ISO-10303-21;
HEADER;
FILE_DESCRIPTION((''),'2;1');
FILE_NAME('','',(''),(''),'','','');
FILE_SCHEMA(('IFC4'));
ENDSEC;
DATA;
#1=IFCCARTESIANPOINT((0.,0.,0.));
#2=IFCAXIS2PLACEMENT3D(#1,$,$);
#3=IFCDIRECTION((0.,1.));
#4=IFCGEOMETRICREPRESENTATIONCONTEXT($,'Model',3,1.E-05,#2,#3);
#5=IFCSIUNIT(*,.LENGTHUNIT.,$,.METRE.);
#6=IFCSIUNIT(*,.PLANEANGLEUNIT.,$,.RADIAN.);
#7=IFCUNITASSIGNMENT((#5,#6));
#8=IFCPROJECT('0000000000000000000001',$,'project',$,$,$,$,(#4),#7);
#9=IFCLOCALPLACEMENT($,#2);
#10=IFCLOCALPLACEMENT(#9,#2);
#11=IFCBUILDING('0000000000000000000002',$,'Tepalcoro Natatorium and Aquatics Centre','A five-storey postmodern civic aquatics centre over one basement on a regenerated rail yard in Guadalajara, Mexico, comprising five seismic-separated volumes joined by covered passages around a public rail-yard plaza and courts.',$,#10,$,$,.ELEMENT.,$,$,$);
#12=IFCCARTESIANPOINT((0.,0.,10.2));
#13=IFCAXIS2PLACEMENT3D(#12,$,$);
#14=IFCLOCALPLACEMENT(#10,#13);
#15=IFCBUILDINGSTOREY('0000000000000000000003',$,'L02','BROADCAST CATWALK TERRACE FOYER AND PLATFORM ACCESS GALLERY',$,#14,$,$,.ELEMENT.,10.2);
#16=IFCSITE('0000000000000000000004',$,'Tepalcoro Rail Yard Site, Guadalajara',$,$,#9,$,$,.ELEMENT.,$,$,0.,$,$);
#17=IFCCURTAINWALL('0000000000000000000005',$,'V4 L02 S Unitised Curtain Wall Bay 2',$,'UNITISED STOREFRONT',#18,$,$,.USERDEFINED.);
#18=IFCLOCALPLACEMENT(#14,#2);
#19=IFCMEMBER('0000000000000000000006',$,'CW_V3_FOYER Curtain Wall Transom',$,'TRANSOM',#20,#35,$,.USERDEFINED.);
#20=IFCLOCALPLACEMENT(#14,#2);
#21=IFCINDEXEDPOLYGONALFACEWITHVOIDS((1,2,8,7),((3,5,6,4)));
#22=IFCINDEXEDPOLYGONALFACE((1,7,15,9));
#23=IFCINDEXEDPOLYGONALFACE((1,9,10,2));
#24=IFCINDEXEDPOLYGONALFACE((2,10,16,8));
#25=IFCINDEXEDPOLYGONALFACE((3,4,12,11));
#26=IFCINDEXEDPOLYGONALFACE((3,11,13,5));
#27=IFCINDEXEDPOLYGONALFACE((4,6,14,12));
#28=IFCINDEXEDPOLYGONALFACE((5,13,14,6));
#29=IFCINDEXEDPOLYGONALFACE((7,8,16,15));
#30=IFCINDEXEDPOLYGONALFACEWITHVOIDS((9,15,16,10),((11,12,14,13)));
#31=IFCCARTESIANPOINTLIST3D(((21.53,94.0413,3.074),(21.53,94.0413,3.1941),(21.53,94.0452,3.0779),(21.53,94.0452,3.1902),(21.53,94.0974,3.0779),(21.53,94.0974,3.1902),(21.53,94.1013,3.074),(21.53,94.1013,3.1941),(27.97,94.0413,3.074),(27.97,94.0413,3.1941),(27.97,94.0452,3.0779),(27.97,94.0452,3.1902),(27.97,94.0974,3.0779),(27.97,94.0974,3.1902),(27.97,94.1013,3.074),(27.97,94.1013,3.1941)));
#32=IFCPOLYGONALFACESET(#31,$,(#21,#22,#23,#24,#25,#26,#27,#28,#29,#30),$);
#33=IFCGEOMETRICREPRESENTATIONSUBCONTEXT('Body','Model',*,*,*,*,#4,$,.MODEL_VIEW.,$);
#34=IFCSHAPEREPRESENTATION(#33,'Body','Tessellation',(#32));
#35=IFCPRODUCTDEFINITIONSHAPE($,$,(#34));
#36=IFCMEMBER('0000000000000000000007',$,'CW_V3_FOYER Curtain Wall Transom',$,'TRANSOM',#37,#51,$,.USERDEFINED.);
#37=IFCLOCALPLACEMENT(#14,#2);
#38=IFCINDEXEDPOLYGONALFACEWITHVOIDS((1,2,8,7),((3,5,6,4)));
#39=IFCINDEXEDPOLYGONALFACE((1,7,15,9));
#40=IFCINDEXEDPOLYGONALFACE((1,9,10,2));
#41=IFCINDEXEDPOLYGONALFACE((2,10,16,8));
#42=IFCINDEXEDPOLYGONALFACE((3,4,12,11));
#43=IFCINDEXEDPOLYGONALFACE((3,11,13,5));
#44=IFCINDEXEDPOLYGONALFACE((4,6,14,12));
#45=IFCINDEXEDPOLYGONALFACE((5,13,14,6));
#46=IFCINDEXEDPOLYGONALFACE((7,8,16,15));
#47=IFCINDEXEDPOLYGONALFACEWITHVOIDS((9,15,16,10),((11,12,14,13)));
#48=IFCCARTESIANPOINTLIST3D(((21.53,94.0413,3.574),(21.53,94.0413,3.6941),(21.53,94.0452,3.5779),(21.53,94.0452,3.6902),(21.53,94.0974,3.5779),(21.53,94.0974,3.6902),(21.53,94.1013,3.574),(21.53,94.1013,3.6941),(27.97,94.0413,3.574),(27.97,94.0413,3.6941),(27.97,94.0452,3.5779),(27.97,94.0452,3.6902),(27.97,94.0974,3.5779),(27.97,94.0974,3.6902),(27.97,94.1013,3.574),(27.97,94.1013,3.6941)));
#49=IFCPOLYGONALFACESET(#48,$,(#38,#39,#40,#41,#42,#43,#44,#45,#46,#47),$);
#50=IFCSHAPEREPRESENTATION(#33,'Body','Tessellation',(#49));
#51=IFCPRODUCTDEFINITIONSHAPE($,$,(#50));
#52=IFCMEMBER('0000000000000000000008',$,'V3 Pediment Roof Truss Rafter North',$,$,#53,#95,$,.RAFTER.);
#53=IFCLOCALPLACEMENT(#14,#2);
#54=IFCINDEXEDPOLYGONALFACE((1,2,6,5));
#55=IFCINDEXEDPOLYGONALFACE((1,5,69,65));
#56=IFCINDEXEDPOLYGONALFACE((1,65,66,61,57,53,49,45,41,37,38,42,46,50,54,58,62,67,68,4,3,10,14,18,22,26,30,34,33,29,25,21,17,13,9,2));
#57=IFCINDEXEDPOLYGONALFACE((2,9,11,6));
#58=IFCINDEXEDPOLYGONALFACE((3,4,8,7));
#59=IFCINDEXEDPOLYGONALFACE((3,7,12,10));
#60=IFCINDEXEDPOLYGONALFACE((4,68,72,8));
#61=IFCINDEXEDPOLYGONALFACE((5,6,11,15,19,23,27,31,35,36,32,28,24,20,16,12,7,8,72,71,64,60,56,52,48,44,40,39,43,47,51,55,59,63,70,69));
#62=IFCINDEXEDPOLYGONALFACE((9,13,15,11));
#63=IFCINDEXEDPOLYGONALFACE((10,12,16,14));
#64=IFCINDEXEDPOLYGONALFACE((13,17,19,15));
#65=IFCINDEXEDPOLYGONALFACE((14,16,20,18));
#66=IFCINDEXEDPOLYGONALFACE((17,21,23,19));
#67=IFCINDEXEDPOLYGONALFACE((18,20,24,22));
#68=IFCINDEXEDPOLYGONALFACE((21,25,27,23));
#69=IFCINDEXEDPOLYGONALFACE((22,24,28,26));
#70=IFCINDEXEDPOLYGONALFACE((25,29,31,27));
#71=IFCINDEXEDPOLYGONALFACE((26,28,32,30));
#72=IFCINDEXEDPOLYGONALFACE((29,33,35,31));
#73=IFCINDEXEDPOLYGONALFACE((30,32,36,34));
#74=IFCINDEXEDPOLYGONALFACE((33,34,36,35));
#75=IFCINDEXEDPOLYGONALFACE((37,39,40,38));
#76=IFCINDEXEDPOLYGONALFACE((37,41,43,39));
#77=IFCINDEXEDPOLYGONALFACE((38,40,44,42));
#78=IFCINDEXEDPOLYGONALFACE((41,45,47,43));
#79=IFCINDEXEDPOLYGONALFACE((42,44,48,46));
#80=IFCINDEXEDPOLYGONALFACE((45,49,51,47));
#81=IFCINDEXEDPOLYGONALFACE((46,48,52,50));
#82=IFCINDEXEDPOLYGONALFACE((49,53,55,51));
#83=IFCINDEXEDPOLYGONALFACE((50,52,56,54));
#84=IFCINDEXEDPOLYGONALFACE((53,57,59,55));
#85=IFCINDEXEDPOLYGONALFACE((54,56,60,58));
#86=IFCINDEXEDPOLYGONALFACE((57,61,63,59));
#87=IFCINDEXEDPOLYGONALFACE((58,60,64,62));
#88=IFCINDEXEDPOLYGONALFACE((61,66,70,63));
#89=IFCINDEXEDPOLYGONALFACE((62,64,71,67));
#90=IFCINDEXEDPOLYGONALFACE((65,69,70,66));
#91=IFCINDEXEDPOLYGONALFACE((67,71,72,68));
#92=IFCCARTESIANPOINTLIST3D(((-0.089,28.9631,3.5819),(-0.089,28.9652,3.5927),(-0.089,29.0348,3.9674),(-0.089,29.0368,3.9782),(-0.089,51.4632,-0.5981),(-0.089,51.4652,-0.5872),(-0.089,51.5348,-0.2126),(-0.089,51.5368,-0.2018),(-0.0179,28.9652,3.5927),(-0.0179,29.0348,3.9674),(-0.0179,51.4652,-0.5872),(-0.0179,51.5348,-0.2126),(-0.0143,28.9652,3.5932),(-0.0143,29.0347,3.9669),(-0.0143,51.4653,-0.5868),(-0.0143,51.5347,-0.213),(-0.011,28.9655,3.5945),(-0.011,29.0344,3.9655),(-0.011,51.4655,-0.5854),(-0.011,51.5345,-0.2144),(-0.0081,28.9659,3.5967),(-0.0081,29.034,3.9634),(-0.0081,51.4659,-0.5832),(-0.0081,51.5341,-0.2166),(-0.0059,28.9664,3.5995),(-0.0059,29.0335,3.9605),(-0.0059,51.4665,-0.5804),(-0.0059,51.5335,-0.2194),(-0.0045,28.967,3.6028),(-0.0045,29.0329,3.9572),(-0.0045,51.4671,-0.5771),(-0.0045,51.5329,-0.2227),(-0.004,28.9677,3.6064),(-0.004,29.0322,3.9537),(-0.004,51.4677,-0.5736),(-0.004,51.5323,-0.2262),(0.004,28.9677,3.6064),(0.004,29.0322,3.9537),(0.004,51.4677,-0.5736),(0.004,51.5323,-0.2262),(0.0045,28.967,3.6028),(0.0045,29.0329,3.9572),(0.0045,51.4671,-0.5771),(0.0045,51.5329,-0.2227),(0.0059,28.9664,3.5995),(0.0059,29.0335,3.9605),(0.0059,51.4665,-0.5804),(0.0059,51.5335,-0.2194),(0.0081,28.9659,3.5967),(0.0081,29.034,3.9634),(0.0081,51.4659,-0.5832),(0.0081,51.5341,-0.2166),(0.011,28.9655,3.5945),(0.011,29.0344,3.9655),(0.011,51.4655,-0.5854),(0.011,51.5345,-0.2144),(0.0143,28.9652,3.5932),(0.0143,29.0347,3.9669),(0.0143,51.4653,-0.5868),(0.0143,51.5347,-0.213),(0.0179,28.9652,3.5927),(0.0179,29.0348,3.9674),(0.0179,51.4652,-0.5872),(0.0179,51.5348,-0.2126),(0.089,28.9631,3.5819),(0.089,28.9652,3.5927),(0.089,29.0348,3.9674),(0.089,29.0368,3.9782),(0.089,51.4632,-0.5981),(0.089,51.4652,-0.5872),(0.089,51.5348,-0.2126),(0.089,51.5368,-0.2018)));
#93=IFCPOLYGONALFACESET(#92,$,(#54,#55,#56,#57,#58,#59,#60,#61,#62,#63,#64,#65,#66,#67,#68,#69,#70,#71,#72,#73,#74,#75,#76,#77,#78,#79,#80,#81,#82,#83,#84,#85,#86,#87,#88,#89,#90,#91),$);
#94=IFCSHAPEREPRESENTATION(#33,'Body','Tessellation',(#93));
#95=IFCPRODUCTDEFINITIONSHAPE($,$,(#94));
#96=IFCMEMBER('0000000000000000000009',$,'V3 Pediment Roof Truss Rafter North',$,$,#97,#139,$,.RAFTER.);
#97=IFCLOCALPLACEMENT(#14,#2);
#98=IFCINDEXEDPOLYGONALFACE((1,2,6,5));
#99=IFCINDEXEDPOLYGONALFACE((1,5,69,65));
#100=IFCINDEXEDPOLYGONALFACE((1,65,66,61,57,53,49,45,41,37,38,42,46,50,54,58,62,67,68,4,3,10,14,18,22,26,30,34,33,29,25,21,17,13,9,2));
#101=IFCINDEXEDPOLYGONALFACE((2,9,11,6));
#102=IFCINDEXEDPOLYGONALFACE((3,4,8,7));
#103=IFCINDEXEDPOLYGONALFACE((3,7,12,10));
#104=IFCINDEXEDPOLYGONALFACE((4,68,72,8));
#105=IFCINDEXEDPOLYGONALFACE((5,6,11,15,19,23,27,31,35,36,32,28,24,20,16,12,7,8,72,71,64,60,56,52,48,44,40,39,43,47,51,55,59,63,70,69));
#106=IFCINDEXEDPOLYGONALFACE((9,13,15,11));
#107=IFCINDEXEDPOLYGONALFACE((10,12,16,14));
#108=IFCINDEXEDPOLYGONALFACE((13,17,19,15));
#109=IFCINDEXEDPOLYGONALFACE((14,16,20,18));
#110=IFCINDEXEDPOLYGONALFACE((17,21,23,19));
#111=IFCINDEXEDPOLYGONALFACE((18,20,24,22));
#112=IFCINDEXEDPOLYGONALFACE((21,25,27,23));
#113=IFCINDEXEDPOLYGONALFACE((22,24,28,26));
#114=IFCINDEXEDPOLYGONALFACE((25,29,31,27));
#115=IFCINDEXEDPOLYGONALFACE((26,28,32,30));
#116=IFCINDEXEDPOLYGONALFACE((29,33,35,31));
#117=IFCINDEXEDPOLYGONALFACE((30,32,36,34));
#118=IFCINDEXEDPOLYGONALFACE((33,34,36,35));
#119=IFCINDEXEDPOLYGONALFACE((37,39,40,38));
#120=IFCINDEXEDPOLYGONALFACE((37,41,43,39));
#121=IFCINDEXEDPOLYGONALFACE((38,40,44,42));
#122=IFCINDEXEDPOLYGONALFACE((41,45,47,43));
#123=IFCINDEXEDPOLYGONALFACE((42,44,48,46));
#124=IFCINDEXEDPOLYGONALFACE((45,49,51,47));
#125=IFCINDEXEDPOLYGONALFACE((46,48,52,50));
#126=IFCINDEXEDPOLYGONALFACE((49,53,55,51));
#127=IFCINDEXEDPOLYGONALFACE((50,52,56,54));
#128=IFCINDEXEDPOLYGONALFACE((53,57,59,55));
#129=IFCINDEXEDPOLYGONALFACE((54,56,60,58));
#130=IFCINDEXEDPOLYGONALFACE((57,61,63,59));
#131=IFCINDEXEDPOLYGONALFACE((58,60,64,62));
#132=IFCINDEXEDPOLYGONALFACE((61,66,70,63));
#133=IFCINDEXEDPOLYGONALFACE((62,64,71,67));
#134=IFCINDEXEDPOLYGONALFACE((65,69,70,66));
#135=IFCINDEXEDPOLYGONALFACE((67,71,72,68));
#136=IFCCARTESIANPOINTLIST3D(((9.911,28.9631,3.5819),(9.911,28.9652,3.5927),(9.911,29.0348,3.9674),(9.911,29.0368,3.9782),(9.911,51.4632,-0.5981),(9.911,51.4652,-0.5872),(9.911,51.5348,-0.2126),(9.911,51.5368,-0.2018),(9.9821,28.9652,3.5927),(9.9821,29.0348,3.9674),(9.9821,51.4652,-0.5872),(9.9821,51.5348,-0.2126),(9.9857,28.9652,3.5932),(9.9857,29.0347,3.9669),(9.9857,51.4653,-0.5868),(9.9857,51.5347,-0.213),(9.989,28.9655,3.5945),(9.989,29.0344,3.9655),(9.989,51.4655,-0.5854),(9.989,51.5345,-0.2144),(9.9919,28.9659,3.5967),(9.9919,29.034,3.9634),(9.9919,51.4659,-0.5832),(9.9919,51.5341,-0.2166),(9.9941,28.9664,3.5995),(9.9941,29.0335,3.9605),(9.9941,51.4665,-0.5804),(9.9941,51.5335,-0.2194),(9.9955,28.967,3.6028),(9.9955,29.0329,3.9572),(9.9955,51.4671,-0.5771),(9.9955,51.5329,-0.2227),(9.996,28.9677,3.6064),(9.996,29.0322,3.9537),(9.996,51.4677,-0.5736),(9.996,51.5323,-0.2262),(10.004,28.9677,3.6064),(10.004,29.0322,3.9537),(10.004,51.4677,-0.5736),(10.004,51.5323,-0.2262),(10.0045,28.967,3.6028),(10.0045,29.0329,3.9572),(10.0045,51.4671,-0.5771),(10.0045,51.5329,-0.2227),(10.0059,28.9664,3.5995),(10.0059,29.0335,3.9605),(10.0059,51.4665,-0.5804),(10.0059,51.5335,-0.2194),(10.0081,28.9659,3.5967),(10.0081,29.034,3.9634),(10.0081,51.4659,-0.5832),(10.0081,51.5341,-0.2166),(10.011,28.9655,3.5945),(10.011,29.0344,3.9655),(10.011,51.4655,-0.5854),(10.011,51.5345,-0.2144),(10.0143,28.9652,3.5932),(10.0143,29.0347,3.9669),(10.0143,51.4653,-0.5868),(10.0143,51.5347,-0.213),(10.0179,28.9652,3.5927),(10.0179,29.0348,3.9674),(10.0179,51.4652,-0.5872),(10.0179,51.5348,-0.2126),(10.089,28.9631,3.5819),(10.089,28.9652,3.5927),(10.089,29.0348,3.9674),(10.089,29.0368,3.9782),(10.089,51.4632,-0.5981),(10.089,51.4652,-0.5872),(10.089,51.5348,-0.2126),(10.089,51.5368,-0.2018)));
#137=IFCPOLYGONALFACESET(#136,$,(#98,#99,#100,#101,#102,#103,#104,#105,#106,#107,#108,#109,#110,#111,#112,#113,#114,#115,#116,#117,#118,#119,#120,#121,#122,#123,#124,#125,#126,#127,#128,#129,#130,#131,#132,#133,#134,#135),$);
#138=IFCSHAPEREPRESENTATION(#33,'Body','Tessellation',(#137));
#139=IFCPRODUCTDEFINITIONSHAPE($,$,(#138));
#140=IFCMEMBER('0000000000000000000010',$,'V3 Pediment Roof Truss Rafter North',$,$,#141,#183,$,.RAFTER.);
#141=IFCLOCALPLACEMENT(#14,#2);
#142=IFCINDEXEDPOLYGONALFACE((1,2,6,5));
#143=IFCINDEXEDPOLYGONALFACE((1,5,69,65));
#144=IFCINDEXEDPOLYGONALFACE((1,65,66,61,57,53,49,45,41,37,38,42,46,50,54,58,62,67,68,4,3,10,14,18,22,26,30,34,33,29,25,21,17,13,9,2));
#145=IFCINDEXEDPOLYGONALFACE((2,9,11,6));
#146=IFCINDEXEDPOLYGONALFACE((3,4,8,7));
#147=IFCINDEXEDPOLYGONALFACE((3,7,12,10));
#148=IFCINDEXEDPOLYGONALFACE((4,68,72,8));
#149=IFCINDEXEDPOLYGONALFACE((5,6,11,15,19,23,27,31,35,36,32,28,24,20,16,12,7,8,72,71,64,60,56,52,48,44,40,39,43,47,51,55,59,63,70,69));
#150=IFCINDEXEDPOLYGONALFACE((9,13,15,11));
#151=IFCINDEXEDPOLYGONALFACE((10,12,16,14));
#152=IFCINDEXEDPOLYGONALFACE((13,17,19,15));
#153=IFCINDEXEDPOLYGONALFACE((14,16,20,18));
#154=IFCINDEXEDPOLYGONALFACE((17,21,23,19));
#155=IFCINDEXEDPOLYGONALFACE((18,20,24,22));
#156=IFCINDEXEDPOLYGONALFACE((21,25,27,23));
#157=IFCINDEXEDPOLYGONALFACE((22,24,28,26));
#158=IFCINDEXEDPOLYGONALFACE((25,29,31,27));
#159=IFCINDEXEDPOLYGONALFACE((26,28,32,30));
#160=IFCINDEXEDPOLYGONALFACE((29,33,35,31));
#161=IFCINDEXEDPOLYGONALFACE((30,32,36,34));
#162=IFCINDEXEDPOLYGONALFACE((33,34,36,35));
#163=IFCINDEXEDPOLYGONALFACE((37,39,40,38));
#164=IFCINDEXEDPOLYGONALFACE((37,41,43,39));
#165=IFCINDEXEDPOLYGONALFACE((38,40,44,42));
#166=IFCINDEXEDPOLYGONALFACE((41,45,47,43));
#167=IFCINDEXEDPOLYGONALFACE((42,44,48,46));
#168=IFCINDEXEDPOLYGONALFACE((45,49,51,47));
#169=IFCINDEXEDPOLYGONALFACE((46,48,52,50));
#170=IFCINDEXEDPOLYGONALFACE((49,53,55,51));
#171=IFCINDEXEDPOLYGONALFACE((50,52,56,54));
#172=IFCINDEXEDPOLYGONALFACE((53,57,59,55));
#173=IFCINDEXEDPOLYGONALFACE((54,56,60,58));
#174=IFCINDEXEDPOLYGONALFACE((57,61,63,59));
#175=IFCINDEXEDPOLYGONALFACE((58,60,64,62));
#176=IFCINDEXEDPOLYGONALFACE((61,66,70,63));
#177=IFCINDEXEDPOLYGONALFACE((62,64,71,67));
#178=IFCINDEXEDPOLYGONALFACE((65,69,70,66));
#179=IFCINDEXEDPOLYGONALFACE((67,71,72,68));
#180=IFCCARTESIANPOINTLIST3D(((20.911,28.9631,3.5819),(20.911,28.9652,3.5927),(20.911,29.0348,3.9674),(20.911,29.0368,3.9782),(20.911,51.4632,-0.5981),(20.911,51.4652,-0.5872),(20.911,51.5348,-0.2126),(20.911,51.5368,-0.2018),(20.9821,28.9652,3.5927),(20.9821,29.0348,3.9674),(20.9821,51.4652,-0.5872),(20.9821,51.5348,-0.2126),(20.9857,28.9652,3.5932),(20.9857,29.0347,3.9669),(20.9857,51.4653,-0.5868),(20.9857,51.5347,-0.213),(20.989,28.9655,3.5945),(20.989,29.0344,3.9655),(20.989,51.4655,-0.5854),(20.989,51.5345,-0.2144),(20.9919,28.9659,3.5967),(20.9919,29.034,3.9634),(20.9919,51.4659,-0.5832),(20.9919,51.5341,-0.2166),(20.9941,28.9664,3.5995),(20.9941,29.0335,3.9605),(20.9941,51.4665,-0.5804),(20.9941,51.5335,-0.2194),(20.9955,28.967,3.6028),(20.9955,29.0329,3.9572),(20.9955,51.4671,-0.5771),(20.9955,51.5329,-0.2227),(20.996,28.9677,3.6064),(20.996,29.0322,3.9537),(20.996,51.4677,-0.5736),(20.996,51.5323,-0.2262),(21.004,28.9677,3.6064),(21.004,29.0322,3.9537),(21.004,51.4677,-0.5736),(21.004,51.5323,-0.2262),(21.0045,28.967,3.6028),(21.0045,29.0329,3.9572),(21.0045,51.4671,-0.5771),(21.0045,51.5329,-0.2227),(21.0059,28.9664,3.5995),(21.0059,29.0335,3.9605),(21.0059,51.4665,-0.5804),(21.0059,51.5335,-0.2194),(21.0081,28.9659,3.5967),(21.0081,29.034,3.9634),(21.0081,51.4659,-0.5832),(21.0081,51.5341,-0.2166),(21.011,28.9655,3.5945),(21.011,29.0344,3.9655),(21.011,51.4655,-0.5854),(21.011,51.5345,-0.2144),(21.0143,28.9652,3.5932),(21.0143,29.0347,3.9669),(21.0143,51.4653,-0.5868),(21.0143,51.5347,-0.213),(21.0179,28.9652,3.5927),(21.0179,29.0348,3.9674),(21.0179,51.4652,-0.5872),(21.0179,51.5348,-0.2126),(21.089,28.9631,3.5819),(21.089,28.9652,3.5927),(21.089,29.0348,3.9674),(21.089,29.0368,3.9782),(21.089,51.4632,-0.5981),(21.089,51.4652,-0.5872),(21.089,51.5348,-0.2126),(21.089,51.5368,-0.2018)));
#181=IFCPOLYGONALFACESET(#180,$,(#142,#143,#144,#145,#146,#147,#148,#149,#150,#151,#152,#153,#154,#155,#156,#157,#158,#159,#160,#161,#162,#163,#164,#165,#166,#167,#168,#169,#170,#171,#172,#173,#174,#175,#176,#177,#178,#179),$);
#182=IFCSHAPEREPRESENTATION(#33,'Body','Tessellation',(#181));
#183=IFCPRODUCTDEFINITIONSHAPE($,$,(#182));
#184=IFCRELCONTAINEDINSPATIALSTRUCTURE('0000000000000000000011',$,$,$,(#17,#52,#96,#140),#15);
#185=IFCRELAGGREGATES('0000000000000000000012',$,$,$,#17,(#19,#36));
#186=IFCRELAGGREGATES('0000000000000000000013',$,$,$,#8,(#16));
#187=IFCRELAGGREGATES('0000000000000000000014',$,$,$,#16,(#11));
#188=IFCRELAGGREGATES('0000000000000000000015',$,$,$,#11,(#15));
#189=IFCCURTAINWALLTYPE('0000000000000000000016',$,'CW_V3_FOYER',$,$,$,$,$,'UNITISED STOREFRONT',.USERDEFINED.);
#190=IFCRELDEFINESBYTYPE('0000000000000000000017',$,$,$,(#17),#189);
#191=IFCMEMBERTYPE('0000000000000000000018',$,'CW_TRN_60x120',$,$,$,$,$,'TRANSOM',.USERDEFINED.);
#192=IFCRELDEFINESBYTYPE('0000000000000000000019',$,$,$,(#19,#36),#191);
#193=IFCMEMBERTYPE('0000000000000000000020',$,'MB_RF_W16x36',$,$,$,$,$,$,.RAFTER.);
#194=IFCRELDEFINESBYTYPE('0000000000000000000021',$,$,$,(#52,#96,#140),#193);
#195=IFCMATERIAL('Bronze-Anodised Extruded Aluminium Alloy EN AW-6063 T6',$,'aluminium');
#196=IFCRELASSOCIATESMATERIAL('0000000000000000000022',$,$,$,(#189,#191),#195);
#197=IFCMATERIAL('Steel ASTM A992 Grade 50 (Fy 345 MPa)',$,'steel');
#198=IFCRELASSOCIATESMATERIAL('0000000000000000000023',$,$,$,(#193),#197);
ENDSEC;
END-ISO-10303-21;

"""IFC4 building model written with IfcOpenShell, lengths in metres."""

from ifc_helpers import new_model, si_unit, direction, frame, origin, origin_2d, place, context, subcontext, project, spatial, hollow_rectangle, i_section, extrude, material, material_profile, profile_set, type_object, element, aggregate, save


model = new_model("IFC4")

# Units and contexts
model_context = context("Model", 3, precision=1e-05, world=origin(), true_north=direction((0.0, 1.0)))
body_context = subcontext(model_context, "Body", "Model", "MODEL_VIEW")
ifc_project = project(units=[si_unit("LENGTHUNIT", "METRE"), si_unit("PLANEANGLEUNIT", "RADIAN")], contexts=[model_context])

# Site, building, storey
site_placement = place(None, origin())
site = spatial("IfcSite", under=ifc_project, at=site_placement, Name="Tepalcoro Rail Yard Site, Guadalajara", CompositionType="ELEMENT", RefElevation=0.0)
building_placement = place(site_placement, origin())
building = spatial("IfcBuilding", under=site, at=building_placement, Name="Tepalcoro Natatorium and Aquatics Centre", Description="A five-storey postmodern civic aquatics centre over one basement on a regenerated rail yard in Guadalajara, Mexico, comprising five seismic-separated volumes joined by covered passages around a public rail-yard plaza and courts.", CompositionType="ELEMENT")
storey_placement = place(building_placement, frame((0.0, 0.0, 10.2)))
storey = spatial("IfcBuildingStorey", under=building, at=storey_placement, Name="L02", Description="BROADCAST CATWALK TERRACE FOYER AND PLATFORM ACCESS GALLERY", CompositionType="ELEMENT", Elevation=10.2)

# Curtain wall, members
ifc_material_1 = material(Name="Bronze-Anodised Extruded Aluminium Alloy EN AW-6063 T6", Category="aluminium")
curtain_wall_type = type_object("IfcCurtainWallType", Name="CW_V3_FOYER", ElementType="UNITISED STOREFRONT", PredefinedType="USERDEFINED", material=ifc_material_1)
curtain_wall_placement = place(storey_placement, origin())
curtain_wall = element("IfcCurtainWall", 1, at=curtain_wall_placement, inside=storey, type_object=curtain_wall_type, Name="V4 L02 S Unitised Curtain Wall Bay 2", ObjectType="UNITISED STOREFRONT", PredefinedType="USERDEFINED")
ifc_material_profile_1 = material_profile(ifc_material_1, hollow_rectangle(XDim=0.0601, YDim=0.1201, WallThickness=0.0039, at=origin_2d()), Name="AL60X120X4")
ifc_profile_set_1 = profile_set([ifc_material_profile_1], Name="Bronze-Anodised Extruded Aluminium Alloy EN AW-6063 T6")
member_type_1 = type_object("IfcMemberType", Name="CW_TRN_60x120", ElementType="TRANSOM", PredefinedType="USERDEFINED", material=ifc_profile_set_1)
member_1_placement = place(storey_placement, frame((21.53, 94.0713, 3.134), z_axis=(1.0, 0.0, 0.0), x_axis=(0.0, 1.0, 0.0)))
member_1 = element("IfcMember", 2, at=member_1_placement, type_object=member_type_1, Name="CW_V3_FOYER Curtain Wall Transom", ObjectType="TRANSOM", PredefinedType="USERDEFINED", context=body_context, shape_type="SweptSolid", body=[
    extrude(hollow_rectangle(XDim=0.0601, YDim=0.1201, WallThickness=0.0039, at=origin_2d()), origin(), (0.0, 0.0, 1.0), 6.4399),
])
member_2_placement = place(storey_placement, frame((21.53, 94.0713, 3.634), z_axis=(1.0, 0.0, 0.0), x_axis=(0.0, 1.0, 0.0)))
member_2 = element("IfcMember", 3, at=member_2_placement, type_object=member_type_1, Name="CW_V3_FOYER Curtain Wall Transom", ObjectType="TRANSOM", PredefinedType="USERDEFINED", context=body_context, shape_type="SweptSolid", body=[
    extrude(hollow_rectangle(XDim=0.0601, YDim=0.1201, WallThickness=0.0039, at=origin_2d()), origin(), (0.0, 0.0, 1.0), 6.4399),
])

# Members
ifc_material_2 = material(Name="Steel ASTM A992 Grade 50 (Fy 345 MPa)", Category="steel")
ifc_material_profile_2 = material_profile(ifc_material_2, i_section(OverallWidth=0.178, OverallDepth=0.4031, WebThickness=0.0081, FlangeThickness=0.011, FilletRadius=0.0139, at=origin_2d()), Name="W16X36")
ifc_profile_set_2 = profile_set([ifc_material_profile_2], Name="Steel ASTM A992 Grade 50 (Fy 345 MPa)")
member_type_2 = type_object("IfcMemberType", Name="MB_RF_W16x36", PredefinedType="RAFTER", material=ifc_profile_set_2)
for number, where, z_axis, x_axis, name in (
    (4, (0.0, 51.5, -0.3999), (0.0, -0.983178, 0.18265), (1.0, 0.0, 0.0), "V3 Pediment Roof Truss Rafter North"),
    (5, (10.0, 51.5, -0.3999), (0.0, -0.983178, 0.18265), (1.0, 0.0, 0.0), "V3 Pediment Roof Truss Rafter North"),
    (6, (21.0, 51.5, -0.3999), (0.0, -0.983178, 0.18265), (1.0, 0.0, 0.0), "V3 Pediment Roof Truss Rafter North"),
):
    element("IfcMember", number, at=place(storey_placement, frame(where, z_axis=z_axis, x_axis=x_axis)), inside=storey, type_object=member_type_2, Name=name, PredefinedType="RAFTER", context=body_context, shape_type="SweptSolid", body=[
        extrude(i_section(OverallWidth=0.178, OverallDepth=0.4031, WebThickness=0.0081, FlangeThickness=0.011, FilletRadius=0.0139, at=origin_2d()), origin(), (0.0, 0.0, 1.0), 22.885),
    ])

aggregate(curtain_wall, [member_1, member_2])

save(model, "model.ifc")
